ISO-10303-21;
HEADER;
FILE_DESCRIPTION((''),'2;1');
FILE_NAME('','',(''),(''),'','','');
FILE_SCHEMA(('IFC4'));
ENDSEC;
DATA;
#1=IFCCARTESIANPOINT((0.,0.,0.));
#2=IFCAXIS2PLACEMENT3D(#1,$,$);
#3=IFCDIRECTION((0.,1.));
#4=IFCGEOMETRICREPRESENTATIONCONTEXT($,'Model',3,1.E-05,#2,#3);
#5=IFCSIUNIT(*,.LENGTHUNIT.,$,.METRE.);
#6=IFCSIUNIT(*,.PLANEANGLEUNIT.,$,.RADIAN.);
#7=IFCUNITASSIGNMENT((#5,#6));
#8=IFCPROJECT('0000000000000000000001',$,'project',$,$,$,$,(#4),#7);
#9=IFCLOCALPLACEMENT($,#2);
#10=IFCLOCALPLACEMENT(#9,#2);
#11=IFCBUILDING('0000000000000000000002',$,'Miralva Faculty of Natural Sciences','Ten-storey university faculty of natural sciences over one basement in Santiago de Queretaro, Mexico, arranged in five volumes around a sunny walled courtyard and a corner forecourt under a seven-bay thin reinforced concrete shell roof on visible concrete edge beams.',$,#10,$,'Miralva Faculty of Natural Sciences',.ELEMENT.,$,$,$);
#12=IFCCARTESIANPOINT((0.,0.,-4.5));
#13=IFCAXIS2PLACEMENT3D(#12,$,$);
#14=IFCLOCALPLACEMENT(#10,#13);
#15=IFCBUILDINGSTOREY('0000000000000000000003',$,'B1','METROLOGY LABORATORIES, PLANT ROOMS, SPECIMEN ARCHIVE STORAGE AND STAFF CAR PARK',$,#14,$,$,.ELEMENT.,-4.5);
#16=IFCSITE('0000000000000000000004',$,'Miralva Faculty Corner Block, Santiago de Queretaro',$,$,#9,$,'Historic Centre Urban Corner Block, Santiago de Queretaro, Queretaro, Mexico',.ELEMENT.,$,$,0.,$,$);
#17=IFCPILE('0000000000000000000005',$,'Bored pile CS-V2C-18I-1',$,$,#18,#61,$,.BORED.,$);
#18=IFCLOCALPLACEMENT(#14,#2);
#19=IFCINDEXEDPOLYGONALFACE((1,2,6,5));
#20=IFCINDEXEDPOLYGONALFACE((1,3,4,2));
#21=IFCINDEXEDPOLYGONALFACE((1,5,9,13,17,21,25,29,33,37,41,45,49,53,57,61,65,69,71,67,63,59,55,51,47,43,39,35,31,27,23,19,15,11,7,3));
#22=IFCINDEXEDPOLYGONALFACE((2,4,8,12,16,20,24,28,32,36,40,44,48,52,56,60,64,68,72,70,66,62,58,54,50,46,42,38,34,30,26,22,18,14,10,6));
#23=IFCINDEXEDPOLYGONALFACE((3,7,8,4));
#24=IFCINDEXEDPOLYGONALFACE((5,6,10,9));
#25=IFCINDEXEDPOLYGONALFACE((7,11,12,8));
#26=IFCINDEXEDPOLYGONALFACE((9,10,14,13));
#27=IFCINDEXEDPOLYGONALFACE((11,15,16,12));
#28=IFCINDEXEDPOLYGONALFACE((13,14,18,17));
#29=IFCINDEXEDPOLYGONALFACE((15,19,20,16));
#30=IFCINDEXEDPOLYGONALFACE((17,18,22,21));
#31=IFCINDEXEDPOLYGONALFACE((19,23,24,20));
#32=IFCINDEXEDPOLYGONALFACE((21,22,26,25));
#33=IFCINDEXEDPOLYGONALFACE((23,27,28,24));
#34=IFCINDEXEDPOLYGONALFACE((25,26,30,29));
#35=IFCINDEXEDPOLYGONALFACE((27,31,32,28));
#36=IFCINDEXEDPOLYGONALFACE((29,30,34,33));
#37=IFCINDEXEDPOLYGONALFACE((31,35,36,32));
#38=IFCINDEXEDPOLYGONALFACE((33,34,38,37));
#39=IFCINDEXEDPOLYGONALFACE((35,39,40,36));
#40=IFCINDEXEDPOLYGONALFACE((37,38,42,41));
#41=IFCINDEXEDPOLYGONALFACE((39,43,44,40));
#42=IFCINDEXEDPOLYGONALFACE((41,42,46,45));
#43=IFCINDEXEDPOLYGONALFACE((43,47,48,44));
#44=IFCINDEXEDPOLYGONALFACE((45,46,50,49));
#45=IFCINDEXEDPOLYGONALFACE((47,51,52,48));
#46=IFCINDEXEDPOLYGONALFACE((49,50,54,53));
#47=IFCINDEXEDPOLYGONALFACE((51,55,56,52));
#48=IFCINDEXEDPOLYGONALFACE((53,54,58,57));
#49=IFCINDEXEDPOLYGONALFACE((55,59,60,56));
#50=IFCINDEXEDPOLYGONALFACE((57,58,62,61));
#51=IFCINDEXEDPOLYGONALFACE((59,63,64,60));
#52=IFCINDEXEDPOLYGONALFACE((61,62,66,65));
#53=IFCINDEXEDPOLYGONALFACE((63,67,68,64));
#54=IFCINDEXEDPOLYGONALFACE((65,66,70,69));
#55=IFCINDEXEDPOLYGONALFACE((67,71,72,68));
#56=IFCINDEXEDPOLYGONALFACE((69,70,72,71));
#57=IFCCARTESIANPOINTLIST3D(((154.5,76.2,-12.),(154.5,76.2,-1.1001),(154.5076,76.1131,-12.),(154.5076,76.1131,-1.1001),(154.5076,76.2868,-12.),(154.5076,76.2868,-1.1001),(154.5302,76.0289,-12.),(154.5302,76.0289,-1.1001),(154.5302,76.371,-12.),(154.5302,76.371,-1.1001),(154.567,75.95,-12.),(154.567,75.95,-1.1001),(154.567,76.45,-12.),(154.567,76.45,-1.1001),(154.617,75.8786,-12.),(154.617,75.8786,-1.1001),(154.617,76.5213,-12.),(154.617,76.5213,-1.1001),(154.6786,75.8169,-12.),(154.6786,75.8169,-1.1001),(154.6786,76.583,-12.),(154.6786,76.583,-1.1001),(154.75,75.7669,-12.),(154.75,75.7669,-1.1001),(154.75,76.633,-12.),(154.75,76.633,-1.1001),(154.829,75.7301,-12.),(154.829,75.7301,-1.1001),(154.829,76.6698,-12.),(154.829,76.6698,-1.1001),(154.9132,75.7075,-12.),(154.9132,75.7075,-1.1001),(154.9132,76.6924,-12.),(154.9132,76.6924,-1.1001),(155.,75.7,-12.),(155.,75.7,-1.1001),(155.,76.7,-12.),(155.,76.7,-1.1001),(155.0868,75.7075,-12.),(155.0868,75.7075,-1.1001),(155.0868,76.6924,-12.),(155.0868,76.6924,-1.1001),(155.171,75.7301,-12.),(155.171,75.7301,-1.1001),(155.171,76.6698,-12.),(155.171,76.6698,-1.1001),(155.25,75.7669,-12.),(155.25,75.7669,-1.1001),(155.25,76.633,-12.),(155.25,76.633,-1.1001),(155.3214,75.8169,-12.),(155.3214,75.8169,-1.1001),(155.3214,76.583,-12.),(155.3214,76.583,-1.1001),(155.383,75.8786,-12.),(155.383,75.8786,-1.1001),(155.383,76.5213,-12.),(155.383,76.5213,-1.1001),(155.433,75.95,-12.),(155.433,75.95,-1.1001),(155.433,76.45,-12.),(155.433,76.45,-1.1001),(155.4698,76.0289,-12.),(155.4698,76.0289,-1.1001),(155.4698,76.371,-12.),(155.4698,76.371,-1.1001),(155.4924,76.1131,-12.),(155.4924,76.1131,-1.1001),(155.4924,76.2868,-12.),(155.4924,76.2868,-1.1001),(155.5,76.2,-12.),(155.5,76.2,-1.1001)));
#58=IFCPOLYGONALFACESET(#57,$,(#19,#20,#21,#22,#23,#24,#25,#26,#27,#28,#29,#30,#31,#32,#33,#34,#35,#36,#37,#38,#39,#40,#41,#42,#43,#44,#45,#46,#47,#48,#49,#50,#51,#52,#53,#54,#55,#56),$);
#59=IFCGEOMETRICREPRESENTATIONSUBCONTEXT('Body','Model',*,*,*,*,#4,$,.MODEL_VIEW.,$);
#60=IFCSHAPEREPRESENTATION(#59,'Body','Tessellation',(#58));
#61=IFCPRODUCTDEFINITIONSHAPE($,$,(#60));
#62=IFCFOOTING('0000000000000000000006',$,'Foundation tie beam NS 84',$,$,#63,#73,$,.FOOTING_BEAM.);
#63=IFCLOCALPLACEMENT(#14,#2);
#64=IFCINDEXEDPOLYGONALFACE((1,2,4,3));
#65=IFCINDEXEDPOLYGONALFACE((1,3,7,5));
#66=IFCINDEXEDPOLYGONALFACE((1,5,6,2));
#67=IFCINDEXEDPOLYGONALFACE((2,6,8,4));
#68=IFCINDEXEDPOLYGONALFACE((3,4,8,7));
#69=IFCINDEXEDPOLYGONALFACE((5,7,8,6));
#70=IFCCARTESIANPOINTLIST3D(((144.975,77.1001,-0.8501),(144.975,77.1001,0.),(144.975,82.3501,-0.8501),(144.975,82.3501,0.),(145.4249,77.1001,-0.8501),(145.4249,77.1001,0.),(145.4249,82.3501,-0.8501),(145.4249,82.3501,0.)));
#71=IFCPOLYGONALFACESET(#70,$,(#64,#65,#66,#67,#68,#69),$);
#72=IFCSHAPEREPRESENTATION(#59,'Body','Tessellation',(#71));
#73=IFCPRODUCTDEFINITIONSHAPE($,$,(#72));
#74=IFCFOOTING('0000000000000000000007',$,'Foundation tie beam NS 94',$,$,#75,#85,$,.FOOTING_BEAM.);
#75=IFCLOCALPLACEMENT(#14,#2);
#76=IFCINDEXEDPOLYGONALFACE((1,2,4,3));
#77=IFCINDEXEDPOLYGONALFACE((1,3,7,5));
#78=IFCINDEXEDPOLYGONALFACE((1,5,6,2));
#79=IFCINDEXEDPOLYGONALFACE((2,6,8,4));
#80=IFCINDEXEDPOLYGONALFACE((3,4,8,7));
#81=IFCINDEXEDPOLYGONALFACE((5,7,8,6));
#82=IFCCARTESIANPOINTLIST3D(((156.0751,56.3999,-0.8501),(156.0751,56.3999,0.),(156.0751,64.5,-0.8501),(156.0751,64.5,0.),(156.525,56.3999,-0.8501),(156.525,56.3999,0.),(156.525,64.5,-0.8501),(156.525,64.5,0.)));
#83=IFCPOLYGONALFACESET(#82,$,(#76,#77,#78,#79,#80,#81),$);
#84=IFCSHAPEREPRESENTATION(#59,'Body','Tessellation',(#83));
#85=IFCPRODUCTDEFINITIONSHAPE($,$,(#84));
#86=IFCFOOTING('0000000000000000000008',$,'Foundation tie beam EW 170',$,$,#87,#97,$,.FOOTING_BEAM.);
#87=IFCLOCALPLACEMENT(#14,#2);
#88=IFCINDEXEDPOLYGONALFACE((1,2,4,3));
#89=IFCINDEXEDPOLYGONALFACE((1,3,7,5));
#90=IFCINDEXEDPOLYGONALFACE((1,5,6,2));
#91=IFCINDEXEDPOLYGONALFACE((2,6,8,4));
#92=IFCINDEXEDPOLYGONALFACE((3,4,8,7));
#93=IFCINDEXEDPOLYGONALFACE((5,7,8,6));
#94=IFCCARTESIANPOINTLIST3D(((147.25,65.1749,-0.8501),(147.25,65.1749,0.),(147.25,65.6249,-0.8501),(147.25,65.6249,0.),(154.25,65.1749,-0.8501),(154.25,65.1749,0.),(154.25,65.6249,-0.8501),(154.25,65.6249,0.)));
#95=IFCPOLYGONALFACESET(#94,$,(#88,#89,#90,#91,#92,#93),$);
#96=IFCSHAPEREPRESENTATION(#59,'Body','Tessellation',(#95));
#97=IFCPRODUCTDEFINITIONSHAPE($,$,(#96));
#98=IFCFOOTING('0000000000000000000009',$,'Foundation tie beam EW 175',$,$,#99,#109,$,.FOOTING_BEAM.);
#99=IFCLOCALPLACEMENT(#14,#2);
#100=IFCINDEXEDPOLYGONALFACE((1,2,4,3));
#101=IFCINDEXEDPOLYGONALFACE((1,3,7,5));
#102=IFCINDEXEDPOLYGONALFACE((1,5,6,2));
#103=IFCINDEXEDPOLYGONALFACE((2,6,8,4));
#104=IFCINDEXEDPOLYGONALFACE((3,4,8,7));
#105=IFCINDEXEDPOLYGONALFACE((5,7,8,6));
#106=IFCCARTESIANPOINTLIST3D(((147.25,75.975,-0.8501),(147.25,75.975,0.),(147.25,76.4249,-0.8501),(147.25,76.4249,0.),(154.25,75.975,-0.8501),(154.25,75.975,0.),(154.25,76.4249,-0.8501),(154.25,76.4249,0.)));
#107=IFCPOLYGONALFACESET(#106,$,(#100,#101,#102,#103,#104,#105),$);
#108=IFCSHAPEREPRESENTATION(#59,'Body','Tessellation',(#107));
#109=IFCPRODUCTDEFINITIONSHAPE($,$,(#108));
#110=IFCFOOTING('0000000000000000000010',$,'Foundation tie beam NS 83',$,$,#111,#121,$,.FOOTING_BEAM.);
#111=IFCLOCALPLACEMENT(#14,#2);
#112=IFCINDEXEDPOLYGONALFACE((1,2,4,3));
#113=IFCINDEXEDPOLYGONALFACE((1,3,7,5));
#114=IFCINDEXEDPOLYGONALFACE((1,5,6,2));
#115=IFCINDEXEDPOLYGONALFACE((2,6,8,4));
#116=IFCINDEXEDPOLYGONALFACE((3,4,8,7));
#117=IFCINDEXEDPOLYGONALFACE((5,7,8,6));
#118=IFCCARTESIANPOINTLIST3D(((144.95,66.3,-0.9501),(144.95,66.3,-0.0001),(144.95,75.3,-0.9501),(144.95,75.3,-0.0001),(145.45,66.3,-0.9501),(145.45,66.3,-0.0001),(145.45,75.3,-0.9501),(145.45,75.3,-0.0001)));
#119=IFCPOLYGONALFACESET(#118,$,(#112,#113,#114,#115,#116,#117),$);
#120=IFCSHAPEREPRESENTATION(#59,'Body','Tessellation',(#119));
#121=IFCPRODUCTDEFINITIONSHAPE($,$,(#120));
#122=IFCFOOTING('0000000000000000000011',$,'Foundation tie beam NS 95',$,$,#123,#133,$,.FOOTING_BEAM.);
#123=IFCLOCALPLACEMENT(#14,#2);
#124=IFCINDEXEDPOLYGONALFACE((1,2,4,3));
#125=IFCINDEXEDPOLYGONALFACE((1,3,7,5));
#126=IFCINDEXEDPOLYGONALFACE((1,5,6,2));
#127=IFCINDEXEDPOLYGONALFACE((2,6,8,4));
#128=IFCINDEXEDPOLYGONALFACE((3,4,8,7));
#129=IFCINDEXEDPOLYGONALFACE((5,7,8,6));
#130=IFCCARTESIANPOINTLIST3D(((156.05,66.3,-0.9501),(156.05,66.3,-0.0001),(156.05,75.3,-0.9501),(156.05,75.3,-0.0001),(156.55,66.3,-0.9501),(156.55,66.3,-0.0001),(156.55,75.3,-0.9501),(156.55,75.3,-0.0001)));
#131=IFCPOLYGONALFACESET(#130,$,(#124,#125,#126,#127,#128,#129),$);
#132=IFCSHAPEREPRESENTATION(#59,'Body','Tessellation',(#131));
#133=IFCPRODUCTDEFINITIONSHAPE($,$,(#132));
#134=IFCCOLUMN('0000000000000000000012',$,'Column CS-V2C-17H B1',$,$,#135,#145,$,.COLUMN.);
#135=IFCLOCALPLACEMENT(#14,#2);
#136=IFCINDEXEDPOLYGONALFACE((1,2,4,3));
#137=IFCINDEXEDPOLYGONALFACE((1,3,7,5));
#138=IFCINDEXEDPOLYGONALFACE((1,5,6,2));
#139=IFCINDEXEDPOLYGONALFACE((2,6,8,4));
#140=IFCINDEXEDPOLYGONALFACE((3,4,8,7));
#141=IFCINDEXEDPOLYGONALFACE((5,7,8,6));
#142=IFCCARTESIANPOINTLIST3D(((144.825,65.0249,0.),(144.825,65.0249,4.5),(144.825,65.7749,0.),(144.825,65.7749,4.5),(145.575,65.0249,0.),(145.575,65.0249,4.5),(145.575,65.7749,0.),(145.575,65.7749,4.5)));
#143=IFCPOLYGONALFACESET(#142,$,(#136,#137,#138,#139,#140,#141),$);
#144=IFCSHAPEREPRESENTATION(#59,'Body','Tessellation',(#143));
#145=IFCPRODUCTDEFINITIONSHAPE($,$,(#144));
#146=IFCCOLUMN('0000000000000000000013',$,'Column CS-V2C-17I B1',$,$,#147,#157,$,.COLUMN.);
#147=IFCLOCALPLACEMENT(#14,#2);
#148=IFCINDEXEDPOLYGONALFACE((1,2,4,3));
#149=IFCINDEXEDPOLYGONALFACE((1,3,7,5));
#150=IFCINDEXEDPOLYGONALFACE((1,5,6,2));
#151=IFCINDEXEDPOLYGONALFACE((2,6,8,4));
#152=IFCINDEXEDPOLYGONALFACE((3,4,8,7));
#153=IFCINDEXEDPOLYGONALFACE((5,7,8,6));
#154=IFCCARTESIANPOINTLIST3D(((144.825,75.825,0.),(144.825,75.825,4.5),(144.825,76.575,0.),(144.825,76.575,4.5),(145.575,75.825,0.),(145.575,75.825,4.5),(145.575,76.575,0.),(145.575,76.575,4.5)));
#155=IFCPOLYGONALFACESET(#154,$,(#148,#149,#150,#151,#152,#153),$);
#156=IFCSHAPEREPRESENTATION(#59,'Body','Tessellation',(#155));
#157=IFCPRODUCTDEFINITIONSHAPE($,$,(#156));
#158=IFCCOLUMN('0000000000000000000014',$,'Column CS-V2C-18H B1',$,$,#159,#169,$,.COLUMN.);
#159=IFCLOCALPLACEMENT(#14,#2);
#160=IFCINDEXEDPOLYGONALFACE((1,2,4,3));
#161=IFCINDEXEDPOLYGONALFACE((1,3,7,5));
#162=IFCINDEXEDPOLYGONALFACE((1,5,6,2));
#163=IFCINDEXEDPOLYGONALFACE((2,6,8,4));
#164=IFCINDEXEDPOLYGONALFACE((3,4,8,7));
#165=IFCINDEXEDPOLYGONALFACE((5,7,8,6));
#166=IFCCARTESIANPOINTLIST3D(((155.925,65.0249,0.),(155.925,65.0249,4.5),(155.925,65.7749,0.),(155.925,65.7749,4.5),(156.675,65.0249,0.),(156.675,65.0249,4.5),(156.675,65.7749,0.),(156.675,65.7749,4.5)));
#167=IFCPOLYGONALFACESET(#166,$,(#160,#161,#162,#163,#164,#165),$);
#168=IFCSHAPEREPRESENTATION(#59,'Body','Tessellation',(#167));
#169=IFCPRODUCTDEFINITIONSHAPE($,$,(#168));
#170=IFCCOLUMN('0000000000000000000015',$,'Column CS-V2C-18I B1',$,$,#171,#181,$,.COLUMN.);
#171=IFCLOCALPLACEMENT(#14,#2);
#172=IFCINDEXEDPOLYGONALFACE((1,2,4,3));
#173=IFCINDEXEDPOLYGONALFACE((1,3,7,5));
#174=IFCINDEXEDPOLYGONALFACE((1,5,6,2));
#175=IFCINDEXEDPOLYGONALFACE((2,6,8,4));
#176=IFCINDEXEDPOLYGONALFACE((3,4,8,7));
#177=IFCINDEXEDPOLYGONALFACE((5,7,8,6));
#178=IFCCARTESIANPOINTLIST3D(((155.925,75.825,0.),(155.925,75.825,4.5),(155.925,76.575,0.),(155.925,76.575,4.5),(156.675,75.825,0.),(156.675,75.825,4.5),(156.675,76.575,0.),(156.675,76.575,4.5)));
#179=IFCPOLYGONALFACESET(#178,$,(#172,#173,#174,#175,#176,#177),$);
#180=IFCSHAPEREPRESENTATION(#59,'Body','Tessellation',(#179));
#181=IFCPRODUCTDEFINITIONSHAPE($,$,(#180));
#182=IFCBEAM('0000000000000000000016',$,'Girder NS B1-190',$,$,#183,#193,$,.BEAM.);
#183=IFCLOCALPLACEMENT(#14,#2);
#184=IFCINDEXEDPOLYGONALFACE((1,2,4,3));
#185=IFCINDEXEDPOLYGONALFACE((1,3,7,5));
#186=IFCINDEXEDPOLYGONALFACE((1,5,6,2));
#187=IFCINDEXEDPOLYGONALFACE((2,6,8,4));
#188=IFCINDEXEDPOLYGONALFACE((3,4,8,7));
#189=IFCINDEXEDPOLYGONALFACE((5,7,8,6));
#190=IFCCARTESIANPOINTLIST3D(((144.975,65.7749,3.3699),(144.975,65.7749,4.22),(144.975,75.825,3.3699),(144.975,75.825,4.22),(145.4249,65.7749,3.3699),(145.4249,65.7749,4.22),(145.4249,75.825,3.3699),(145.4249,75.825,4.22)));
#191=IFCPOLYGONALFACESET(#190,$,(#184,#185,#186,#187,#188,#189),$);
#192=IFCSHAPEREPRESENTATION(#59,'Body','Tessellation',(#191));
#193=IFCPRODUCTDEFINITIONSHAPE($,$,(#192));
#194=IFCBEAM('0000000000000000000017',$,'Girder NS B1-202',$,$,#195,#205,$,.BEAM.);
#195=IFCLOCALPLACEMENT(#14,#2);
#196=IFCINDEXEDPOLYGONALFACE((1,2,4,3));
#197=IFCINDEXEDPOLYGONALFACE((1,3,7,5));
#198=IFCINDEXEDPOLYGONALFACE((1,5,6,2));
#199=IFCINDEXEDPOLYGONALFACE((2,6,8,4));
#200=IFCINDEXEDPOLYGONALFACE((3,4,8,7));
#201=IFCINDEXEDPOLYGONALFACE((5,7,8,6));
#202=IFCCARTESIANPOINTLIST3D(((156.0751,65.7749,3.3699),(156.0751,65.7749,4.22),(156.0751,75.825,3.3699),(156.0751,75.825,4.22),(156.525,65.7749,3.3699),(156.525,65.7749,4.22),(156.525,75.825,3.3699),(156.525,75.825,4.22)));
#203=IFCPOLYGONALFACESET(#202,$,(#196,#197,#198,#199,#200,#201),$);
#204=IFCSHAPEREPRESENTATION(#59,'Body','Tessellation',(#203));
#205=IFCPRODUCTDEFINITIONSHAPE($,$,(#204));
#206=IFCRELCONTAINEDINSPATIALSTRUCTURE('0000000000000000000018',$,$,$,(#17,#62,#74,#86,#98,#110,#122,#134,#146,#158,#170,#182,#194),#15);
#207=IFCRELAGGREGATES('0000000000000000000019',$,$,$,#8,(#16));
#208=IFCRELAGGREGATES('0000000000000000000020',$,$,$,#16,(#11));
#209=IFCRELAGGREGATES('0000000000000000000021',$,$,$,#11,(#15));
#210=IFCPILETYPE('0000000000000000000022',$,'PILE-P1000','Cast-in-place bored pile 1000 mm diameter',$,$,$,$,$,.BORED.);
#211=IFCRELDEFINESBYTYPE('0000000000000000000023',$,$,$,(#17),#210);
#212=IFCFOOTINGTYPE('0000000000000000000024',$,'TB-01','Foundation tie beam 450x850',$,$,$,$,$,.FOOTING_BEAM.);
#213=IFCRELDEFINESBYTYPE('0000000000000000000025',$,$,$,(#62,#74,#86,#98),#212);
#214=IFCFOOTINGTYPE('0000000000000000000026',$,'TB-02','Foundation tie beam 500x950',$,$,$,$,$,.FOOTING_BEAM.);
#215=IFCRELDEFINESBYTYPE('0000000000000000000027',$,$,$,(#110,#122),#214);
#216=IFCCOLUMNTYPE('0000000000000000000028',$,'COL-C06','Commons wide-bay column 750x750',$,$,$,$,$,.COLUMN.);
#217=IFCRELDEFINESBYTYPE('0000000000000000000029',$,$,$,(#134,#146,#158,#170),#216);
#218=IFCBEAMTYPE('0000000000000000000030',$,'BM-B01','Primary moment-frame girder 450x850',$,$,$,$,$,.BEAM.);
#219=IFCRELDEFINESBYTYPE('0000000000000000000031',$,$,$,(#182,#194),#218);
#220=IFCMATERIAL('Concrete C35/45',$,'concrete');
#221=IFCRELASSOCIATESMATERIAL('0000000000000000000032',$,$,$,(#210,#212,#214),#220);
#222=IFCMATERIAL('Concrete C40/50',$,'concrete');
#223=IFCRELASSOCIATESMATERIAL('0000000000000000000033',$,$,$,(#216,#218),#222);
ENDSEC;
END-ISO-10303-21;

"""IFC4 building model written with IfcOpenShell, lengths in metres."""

from ifc_helpers import new_model, si_unit, direction, frame, origin, origin_2d, place, context, subcontext, project, spatial, rectangle, circle, extrude, material, material_profile, profile_set, type_object, element, save


model = new_model("IFC4")

# Units and contexts
model_context = context("Model", 3, precision=1e-05, world=origin(), true_north=direction((0.0, 1.0)))
body_context = subcontext(model_context, "Body", "Model", "MODEL_VIEW")
ifc_project = project(units=[si_unit("LENGTHUNIT", "METRE"), si_unit("PLANEANGLEUNIT", "RADIAN")], contexts=[model_context])

# Site, building, storey
site_placement = place(None, origin())
site = spatial("IfcSite", under=ifc_project, at=site_placement, Name="Miralva Faculty Corner Block, Santiago de Queretaro", LongName="Historic Centre Urban Corner Block, Santiago de Queretaro, Queretaro, Mexico", CompositionType="ELEMENT", RefElevation=0.0)
building_placement = place(site_placement, origin())
building = spatial("IfcBuilding", under=site, at=building_placement, Name="Miralva Faculty of Natural Sciences", Description="Ten-storey university faculty of natural sciences over one basement in Santiago de Queretaro, Mexico, arranged in five volumes around a sunny walled courtyard and a corner forecourt under a seven-bay thin reinforced concrete shell roof on visible concrete edge beams.", LongName="Miralva Faculty of Natural Sciences", CompositionType="ELEMENT")
storey_placement = place(building_placement, frame((0.0, 0.0, -4.5)))
storey = spatial("IfcBuildingStorey", under=building, at=storey_placement, Name="B1", Description="METROLOGY LABORATORIES, PLANT ROOMS, SPECIMEN ARCHIVE STORAGE AND STAFF CAR PARK", CompositionType="ELEMENT", Elevation=-4.5)

# Shared definitions
ifc_material_1 = material(Name="Concrete C35/45", Category="concrete")

# Pile
ifc_material_profile_1 = material_profile(ifc_material_1, circle(Radius=0.5, at=origin_2d()), Name="BORED PILE 1000")
ifc_profile_set_1 = profile_set([ifc_material_profile_1], Name="Concrete C35/45")
pile_type = type_object("IfcPileType", Name="PILE-P1000", Description="Cast-in-place bored pile 1000 mm diameter", PredefinedType="BORED", material=ifc_profile_set_1)
for number, where, z_axis, x_axis, name in (
    (1, (155.0, 76.2, -1.1001), (0.0, 0.0, -1.0), (1.0, 0.0, 0.0), "Bored pile CS-V2C-18I-1"),
):
    element("IfcPile", number, at=place(storey_placement, frame(where, z_axis=z_axis, x_axis=x_axis)), inside=storey, type_object=pile_type, Name=name, PredefinedType="BORED", context=body_context, shape_type="SweptSolid", body=[
        extrude(circle(Radius=0.5, at=origin_2d()), origin(), (0.0, 0.0, 1.0), 10.8999),
    ])

# Footings
ifc_material_profile_2 = material_profile(ifc_material_1, rectangle(XDim=0.45, YDim=0.8501, at=origin_2d()), Name="RC 450x850")
ifc_profile_set_2 = profile_set([ifc_material_profile_2], Name="Concrete C35/45")
footing_type_1 = type_object("IfcFootingType", Name="TB-01", Description="Foundation tie beam 450x850", PredefinedType="FOOTING_BEAM", material=ifc_profile_set_2)
footing_1_placement = place(storey_placement, frame((145.2, 77.1001, -0.425), z_axis=(0.0, 1.0, 0.0), x_axis=(-1.0, 0.0, 0.0)))
element("IfcFooting", 2, at=footing_1_placement, inside=storey, type_object=footing_type_1, Name="Foundation tie beam NS 84", PredefinedType="FOOTING_BEAM", context=body_context, shape_type="SweptSolid", body=[
    extrude(rectangle(XDim=0.45, YDim=0.8501, at=origin_2d()), origin(), (0.0, 0.0, 1.0), 5.25),
])
footing_2_placement = place(storey_placement, frame((156.3, 56.3999, -0.425), z_axis=(0.0, 1.0, 0.0), x_axis=(-1.0, 0.0, 0.0)))
element("IfcFooting", 3, at=footing_2_placement, inside=storey, type_object=footing_type_1, Name="Foundation tie beam NS 94", PredefinedType="FOOTING_BEAM", context=body_context, shape_type="SweptSolid", body=[
    extrude(rectangle(XDim=0.45, YDim=0.8501, at=origin_2d()), origin(), (0.0, 0.0, 1.0), 8.1001),
])
for number, where, z_axis, x_axis, name in (
    (4, (147.25, 65.3999, -0.425), (1.0, 0.0, 0.0), (0.0, 1.0, 0.0), "Foundation tie beam EW 170"),
    (5, (147.25, 76.2, -0.425), (1.0, 0.0, 0.0), (0.0, 1.0, 0.0), "Foundation tie beam EW 175"),
):
    element("IfcFooting", number, at=place(storey_placement, frame(where, z_axis=z_axis, x_axis=x_axis)), inside=storey, type_object=footing_type_1, Name=name, PredefinedType="FOOTING_BEAM", context=body_context, shape_type="SweptSolid", body=[
        extrude(rectangle(XDim=0.45, YDim=0.8501, at=origin_2d()), origin(), (0.0, 0.0, 1.0), 7.0),
    ])
ifc_material_profile_3 = material_profile(ifc_material_1, rectangle(XDim=0.5, YDim=0.95, at=origin_2d()), Name="RC 500x950")
ifc_profile_set_3 = profile_set([ifc_material_profile_3], Name="Concrete C35/45")
footing_type_2 = type_object("IfcFootingType", Name="TB-02", Description="Foundation tie beam 500x950", PredefinedType="FOOTING_BEAM", material=ifc_profile_set_3)
for number, where, z_axis, x_axis, name in (
    (6, (145.2, 66.3, -0.4751), (0.0, 1.0, 0.0), (-1.0, 0.0, 0.0), "Foundation tie beam NS 83"),
    (7, (156.3, 66.3, -0.4751), (0.0, 1.0, 0.0), (-1.0, 0.0, 0.0), "Foundation tie beam NS 95"),
):
    element("IfcFooting", number, at=place(storey_placement, frame(where, z_axis=z_axis, x_axis=x_axis)), inside=storey, type_object=footing_type_2, Name=name, PredefinedType="FOOTING_BEAM", context=body_context, shape_type="SweptSolid", body=[
        extrude(rectangle(XDim=0.5, YDim=0.95, at=origin_2d()), origin(), (0.0, 0.0, 1.0), 9.0),
    ])

# Columns
ifc_material_2 = material(Name="Concrete C40/50", Category="concrete")
ifc_material_profile_4 = material_profile(ifc_material_2, rectangle(XDim=0.75, YDim=0.75, at=origin_2d()), Name="RC 750x750")
ifc_profile_set_4 = profile_set([ifc_material_profile_4], Name="Concrete C40/50")
column_type = type_object("IfcColumnType", Name="COL-C06", Description="Commons wide-bay column 750x750", PredefinedType="COLUMN", material=ifc_profile_set_4)
for number, where, z_axis, x_axis, name in (
    (8, (145.2, 65.3999, 0.0), (0.0, 0.0, 1.0), (1.0, 0.0, 0.0), "Column CS-V2C-17H B1"),
    (9, (145.2, 76.2, 0.0), (0.0, 0.0, 1.0), (1.0, 0.0, 0.0), "Column CS-V2C-17I B1"),
    (10, (156.3, 65.3999, 0.0), (0.0, 0.0, 1.0), (1.0, 0.0, 0.0), "Column CS-V2C-18H B1"),
    (11, (156.3, 76.2, 0.0), (0.0, 0.0, 1.0), (1.0, 0.0, 0.0), "Column CS-V2C-18I B1"),
):
    element("IfcColumn", number, at=place(storey_placement, frame(where, z_axis=z_axis, x_axis=x_axis)), inside=storey, type_object=column_type, Name=name, PredefinedType="COLUMN", context=body_context, shape_type="SweptSolid", body=[
        extrude(rectangle(XDim=0.75, YDim=0.75, at=origin_2d()), origin(), (0.0, 0.0, 1.0), 4.5),
    ])

# Beams
ifc_material_profile_5 = material_profile(ifc_material_2, rectangle(XDim=0.45, YDim=0.8501, at=origin_2d()), Name="RC 450x850")
ifc_profile_set_5 = profile_set([ifc_material_profile_5], Name="Concrete C40/50")
beam_type_1 = type_object("IfcBeamType", Name="BM-B01", Description="Primary moment-frame girder 450x850", PredefinedType="BEAM", material=ifc_profile_set_5)
for number, where, z_axis, x_axis, name in (
    (12, (145.2, 65.7749, 3.7949), (0.0, 1.0, 0.0), (-1.0, 0.0, 0.0), "Girder NS B1-190"),
    (13, (156.3, 65.7749, 3.7949), (0.0, 1.0, 0.0), (-1.0, 0.0, 0.0), "Girder NS B1-202"),
):
    element("IfcBeam", number, at=place(storey_placement, frame(where, z_axis=z_axis, x_axis=x_axis)), inside=storey, type_object=beam_type_1, Name=name, PredefinedType="BEAM", context=body_context, shape_type="SweptSolid", body=[
        extrude(rectangle(XDim=0.45, YDim=0.8501, at=origin_2d()), origin(), (0.0, 0.0, 1.0), 10.05),
    ])

save(model, "model.ifc")
